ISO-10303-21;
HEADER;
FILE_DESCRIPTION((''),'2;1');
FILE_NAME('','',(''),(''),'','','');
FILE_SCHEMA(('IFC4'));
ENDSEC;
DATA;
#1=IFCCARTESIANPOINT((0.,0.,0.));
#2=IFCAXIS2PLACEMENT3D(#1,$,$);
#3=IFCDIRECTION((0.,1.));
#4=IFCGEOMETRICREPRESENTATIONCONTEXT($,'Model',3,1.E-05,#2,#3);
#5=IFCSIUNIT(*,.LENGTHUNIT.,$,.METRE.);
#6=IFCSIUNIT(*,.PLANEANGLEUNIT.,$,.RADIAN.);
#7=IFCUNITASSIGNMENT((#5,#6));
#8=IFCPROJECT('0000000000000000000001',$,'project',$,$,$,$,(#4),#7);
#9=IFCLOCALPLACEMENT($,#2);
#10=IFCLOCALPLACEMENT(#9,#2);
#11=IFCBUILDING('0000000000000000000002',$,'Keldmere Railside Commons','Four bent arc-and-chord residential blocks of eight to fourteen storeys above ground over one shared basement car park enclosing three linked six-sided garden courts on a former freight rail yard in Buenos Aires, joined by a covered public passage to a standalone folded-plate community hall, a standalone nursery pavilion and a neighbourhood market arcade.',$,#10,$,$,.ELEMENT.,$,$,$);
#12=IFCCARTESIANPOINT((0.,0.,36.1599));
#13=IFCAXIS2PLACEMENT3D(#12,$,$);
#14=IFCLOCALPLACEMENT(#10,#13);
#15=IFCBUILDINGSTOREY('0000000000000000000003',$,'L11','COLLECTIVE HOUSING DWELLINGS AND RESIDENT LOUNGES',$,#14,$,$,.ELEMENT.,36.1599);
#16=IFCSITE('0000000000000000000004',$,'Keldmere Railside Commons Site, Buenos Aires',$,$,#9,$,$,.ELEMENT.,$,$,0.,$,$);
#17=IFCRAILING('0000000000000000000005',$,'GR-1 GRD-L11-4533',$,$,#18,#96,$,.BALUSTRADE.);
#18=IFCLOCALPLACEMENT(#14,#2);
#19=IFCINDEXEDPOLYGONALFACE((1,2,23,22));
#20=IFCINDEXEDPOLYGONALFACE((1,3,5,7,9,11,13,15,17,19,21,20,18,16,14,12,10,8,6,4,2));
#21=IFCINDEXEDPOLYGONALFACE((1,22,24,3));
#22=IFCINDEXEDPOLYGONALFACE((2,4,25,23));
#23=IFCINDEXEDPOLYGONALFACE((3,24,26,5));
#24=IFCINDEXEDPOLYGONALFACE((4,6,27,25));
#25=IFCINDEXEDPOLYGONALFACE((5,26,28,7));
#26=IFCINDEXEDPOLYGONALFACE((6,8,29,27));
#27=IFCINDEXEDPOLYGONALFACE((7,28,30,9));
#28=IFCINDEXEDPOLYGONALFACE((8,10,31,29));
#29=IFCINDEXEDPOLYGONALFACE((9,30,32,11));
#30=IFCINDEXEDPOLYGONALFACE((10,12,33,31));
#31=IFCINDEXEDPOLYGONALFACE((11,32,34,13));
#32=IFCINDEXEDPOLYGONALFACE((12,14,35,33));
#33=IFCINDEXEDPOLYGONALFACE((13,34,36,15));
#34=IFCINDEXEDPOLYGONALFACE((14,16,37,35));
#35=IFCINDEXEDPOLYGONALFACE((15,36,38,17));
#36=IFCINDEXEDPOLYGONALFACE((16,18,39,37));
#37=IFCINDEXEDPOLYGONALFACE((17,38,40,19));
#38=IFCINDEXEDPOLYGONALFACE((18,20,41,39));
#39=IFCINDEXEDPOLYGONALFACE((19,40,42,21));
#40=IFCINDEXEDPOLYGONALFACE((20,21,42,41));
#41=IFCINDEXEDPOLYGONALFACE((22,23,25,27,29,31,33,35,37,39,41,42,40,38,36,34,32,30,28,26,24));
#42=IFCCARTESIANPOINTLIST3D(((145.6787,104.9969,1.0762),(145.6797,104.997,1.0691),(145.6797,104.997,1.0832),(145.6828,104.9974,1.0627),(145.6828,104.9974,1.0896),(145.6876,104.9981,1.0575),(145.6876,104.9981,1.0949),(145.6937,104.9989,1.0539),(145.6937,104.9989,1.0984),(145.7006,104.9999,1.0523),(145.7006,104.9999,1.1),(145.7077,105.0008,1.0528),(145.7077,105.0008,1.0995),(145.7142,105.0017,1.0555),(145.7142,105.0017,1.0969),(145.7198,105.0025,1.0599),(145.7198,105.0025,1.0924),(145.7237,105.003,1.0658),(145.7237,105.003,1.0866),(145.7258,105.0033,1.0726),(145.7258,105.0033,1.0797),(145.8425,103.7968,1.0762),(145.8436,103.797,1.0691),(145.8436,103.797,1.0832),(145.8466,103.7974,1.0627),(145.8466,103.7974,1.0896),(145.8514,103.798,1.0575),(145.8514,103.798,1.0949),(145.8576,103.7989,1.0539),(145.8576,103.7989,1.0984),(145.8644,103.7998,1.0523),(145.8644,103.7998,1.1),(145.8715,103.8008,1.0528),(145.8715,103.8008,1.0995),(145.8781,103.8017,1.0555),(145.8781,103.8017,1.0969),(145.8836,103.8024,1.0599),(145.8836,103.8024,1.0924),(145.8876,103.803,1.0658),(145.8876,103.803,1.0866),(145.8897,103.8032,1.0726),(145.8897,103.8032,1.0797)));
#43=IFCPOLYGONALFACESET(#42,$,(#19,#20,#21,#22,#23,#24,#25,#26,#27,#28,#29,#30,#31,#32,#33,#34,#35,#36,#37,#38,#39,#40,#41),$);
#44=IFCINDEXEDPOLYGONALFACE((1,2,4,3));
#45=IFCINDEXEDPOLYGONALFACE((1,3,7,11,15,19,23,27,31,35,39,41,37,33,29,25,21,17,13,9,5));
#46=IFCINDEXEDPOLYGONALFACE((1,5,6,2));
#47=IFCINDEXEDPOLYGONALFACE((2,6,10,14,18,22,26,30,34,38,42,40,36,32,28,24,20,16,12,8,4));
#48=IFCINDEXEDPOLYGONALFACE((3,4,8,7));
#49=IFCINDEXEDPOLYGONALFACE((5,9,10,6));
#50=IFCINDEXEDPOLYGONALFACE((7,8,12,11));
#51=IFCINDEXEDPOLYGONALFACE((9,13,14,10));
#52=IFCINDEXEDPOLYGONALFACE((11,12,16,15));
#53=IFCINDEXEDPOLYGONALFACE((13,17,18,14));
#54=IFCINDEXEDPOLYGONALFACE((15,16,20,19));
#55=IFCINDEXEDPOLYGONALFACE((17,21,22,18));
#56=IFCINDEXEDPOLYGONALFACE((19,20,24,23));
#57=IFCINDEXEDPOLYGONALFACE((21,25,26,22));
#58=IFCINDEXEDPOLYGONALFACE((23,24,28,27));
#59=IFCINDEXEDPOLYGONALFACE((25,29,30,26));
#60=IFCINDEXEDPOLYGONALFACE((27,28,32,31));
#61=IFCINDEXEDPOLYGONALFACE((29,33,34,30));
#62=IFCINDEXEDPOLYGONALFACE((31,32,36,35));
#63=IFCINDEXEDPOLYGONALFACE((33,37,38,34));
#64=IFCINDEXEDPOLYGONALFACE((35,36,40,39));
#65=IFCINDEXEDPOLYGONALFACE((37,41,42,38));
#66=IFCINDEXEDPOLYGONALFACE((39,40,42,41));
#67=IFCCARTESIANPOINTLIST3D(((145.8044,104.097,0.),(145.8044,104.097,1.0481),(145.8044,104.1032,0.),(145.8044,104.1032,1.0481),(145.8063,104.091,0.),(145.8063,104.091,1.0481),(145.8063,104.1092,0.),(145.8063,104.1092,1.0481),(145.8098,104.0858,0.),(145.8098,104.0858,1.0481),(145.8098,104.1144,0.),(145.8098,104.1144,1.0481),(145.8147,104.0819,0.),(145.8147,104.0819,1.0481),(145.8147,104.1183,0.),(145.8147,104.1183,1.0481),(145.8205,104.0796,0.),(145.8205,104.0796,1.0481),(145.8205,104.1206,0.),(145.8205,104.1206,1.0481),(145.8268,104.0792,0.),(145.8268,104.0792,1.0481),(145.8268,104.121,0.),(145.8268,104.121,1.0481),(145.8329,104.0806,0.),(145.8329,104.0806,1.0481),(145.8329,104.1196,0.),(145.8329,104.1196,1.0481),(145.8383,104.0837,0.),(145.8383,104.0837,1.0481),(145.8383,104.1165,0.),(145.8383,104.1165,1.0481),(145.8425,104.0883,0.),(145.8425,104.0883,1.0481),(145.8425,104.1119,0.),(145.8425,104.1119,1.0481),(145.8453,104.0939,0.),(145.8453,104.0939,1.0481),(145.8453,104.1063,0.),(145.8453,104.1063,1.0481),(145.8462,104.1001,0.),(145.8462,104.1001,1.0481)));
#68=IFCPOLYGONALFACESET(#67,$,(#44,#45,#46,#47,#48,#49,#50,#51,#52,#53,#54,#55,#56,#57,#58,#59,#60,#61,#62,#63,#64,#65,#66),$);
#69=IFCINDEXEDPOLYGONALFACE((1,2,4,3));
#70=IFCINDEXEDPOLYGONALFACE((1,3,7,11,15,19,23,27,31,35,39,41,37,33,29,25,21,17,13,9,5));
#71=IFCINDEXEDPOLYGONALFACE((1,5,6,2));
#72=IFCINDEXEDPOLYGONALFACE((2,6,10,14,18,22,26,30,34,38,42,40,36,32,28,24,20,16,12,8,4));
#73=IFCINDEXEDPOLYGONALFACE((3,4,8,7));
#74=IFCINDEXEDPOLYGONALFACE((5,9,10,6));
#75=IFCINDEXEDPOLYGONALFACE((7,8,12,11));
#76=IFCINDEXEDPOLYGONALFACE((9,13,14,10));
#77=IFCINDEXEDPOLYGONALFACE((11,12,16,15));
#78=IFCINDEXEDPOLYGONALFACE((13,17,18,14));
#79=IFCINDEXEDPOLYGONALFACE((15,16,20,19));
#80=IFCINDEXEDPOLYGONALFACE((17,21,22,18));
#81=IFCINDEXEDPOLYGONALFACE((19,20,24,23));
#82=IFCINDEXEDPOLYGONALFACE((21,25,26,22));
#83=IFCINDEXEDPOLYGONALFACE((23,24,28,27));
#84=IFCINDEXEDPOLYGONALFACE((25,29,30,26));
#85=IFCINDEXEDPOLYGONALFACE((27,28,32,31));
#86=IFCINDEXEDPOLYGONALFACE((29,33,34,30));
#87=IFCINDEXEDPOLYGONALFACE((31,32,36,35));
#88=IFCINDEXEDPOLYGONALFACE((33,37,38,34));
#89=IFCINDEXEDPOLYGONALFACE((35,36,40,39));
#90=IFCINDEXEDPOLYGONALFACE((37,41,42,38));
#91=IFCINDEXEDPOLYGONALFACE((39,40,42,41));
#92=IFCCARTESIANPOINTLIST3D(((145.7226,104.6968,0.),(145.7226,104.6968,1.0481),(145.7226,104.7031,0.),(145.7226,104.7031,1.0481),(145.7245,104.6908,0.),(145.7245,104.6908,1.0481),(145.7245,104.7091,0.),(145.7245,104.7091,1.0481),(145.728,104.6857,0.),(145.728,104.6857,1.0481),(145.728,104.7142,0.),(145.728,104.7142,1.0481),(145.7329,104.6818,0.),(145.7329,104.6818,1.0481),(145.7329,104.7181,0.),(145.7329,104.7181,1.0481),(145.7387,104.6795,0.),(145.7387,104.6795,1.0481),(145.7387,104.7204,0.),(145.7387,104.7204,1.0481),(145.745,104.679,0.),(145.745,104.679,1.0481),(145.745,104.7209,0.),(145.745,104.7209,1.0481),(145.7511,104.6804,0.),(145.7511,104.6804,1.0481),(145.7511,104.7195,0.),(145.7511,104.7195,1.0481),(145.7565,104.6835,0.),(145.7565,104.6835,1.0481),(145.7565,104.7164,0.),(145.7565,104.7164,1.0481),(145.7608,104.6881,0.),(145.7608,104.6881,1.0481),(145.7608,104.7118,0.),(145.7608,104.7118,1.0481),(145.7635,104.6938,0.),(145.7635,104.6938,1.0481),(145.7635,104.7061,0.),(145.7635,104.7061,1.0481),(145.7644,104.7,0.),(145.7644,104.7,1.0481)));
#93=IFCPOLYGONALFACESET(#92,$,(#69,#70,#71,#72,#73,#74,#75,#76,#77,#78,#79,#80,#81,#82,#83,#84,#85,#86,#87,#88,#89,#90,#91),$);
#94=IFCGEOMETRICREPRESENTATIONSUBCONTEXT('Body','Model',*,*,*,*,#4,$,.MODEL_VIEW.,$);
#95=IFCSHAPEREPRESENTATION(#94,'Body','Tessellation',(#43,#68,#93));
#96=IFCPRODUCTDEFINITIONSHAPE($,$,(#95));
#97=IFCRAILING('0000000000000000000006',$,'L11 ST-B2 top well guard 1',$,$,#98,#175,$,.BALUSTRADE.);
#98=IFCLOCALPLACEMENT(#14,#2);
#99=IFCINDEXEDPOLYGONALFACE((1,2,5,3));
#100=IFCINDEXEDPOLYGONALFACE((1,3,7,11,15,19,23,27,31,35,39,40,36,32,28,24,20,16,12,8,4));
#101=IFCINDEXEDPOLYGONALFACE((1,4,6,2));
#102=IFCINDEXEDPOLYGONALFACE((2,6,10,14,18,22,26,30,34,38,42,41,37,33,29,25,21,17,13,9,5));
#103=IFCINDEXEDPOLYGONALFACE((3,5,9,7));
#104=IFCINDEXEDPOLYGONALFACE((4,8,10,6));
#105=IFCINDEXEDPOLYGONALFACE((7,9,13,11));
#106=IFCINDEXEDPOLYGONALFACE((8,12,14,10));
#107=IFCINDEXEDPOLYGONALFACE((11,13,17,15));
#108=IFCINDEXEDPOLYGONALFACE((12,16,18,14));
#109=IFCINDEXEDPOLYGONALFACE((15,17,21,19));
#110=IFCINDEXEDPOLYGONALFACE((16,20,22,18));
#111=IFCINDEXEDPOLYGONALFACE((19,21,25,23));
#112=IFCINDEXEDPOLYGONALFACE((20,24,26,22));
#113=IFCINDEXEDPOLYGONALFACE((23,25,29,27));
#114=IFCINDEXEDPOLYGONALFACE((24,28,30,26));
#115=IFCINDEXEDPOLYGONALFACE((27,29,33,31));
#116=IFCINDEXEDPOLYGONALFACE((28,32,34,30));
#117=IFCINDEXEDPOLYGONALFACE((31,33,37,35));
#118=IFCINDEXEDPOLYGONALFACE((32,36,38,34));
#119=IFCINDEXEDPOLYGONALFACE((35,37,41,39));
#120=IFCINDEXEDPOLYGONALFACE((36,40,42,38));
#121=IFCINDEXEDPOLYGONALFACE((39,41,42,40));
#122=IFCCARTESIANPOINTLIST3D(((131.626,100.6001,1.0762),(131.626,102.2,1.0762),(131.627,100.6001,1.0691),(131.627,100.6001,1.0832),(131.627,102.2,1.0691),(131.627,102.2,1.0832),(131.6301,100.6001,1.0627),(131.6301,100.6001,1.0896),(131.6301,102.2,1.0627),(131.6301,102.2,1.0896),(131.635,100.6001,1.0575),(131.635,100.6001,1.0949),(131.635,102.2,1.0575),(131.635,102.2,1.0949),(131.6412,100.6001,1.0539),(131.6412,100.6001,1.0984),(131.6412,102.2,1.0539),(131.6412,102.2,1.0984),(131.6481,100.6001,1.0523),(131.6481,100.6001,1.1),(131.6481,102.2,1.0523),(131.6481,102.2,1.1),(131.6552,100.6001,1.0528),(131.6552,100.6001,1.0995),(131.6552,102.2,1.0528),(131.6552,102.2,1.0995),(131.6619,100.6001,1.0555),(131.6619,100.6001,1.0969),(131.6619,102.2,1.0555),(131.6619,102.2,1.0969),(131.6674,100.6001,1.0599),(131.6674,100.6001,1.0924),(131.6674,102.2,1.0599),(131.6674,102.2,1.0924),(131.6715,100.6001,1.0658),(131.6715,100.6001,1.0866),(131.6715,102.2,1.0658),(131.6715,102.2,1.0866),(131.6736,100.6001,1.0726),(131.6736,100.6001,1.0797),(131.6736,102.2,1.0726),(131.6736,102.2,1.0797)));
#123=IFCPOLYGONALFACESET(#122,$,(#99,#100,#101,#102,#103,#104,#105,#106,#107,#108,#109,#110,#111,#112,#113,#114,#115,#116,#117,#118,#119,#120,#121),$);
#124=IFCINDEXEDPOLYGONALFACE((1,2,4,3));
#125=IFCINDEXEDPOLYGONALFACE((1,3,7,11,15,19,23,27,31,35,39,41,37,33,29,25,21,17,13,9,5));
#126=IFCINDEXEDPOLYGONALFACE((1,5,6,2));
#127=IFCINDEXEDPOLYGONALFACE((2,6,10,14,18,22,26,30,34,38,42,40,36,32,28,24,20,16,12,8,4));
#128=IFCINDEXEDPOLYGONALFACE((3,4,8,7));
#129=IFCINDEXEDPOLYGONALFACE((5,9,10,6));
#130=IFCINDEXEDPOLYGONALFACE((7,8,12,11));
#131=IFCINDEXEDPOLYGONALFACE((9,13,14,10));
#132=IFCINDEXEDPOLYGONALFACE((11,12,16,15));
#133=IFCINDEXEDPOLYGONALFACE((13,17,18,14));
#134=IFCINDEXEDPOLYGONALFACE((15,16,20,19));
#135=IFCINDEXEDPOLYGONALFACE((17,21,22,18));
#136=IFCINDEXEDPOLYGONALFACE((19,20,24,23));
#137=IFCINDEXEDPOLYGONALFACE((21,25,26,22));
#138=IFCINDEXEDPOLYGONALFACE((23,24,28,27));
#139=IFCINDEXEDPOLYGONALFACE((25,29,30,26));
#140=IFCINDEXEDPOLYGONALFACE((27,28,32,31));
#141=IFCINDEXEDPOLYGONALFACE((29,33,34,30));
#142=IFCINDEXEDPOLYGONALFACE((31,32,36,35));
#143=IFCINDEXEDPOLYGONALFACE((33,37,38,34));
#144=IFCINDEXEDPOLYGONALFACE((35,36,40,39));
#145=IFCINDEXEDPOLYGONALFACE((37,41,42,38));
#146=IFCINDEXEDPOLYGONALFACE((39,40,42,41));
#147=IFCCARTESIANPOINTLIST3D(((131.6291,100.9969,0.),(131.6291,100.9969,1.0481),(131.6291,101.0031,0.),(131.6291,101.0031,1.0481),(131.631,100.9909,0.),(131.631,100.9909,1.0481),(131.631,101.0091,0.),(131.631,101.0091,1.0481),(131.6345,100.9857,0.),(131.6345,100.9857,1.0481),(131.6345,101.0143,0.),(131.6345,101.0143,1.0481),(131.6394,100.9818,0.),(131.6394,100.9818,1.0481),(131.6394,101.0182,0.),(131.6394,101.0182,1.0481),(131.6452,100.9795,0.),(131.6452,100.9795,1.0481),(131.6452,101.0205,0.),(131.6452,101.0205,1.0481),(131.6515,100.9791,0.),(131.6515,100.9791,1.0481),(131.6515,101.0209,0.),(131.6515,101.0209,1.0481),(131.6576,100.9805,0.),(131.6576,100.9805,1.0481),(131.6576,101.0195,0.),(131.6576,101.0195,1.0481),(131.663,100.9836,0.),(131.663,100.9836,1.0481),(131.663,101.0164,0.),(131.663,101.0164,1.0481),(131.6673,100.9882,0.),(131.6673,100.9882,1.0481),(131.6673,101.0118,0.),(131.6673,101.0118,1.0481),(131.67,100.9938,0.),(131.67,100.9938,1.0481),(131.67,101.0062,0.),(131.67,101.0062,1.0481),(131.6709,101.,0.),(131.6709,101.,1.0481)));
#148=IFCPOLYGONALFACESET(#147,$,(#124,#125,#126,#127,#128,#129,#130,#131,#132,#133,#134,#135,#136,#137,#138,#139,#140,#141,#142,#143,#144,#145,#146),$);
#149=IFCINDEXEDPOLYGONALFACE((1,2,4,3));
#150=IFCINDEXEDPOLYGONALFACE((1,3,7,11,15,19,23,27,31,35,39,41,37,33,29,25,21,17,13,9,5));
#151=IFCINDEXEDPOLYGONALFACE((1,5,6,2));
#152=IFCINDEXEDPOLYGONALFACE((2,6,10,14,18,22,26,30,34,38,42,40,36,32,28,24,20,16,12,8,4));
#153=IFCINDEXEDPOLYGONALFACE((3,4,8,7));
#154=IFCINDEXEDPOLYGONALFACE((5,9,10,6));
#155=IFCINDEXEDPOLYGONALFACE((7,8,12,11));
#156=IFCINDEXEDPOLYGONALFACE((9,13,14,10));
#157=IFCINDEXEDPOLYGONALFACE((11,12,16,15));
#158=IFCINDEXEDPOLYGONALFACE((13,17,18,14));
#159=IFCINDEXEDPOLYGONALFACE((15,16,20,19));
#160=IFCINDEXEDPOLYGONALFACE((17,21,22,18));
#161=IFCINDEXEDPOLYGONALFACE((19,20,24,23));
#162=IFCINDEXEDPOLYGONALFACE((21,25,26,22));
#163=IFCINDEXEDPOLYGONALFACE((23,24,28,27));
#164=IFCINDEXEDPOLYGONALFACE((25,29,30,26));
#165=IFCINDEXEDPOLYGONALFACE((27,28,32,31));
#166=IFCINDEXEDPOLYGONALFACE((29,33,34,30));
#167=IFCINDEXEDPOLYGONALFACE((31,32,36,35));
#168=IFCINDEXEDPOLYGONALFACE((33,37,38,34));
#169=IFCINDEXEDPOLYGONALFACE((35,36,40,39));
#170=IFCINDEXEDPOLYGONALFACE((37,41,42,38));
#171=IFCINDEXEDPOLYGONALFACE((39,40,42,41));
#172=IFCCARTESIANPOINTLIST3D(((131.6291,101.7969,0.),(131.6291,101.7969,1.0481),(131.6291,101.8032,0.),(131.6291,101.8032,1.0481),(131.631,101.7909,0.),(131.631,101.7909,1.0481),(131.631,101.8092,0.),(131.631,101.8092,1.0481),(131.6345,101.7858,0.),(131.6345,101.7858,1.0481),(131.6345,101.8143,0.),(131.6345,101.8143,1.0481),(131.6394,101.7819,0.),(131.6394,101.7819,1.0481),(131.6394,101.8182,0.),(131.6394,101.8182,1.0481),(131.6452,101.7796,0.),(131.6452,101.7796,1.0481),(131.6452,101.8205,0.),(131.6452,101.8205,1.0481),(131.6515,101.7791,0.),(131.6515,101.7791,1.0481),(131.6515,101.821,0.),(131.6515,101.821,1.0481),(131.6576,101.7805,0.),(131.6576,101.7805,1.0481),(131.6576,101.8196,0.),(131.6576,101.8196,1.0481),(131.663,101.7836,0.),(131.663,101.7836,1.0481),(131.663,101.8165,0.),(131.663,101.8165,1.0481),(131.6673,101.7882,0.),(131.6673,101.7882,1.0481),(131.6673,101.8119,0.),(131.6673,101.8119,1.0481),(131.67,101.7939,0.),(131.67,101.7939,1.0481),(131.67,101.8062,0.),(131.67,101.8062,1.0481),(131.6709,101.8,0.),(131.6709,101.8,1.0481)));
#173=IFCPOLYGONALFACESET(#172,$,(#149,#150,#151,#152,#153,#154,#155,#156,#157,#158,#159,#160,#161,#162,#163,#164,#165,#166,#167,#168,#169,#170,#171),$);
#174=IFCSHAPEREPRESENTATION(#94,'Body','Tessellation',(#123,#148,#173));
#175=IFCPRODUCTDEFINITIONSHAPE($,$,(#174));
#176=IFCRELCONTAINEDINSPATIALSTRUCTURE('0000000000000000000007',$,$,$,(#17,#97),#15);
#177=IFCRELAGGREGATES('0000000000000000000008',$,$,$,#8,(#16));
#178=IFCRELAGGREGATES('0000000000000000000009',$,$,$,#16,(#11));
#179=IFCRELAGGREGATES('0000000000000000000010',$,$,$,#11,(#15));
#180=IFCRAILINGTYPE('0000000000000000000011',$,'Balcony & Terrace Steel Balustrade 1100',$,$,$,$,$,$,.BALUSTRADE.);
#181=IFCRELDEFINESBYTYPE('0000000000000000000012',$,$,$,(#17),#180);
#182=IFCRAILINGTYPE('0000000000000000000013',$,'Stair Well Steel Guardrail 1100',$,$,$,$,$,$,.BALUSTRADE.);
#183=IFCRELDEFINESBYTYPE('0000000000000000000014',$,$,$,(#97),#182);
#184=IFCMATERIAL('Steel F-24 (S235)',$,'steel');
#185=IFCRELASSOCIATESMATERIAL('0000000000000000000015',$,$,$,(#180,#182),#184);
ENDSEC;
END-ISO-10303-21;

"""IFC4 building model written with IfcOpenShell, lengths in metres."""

from ifc_helpers import new_model, si_unit, direction, frame, origin, origin_2d, place, context, subcontext, project, spatial, circle, extrude, material, type_object, element, save


model = new_model("IFC4")

# Units and contexts
model_context = context("Model", 3, precision=1e-05, world=origin(), true_north=direction((0.0, 1.0)))
body_context = subcontext(model_context, "Body", "Model", "MODEL_VIEW")
ifc_project = project(units=[si_unit("LENGTHUNIT", "METRE"), si_unit("PLANEANGLEUNIT", "RADIAN")], contexts=[model_context])

# Site, building, storey
site_placement = place(None, origin())
site = spatial("IfcSite", under=ifc_project, at=site_placement, Name="Keldmere Railside Commons Site, Buenos Aires", CompositionType="ELEMENT", RefElevation=0.0)
building_placement = place(site_placement, origin())
building = spatial("IfcBuilding", under=site, at=building_placement, Name="Keldmere Railside Commons", Description="Four bent arc-and-chord residential blocks of eight to fourteen storeys above ground over one shared basement car park enclosing three linked six-sided garden courts on a former freight rail yard in Buenos Aires, joined by a covered public passage to a standalone folded-plate community hall, a standalone nursery pavilion and a neighbourhood market arcade.", CompositionType="ELEMENT")
storey_placement = place(building_placement, frame((0.0, 0.0, 36.1599)))
storey = spatial("IfcBuildingStorey", under=building, at=storey_placement, Name="L11", Description="COLLECTIVE HOUSING DWELLINGS AND RESIDENT LOUNGES", CompositionType="ELEMENT", Elevation=36.1599)

# Shared definitions
ifc_material_1 = material(Name="Steel F-24 (S235)", Category="steel")

# Railings
railing_type_1 = type_object("IfcRailingType", Name="Balcony & Terrace Steel Balustrade 1100", PredefinedType="BALUSTRADE", material=ifc_material_1)
railing_1_placement = place(storey_placement, frame((145.8662, 103.8, 0.0)))
element("IfcRailing", 1, at=railing_1_placement, inside=storey, type_object=railing_type_1, Name="GR-1 GRD-L11-4533", PredefinedType="BALUSTRADE", context=body_context, shape_type="SweptSolid", body=[
    extrude(circle(Radius=0.0239, at=origin_2d()), frame((0.0, 0.0, 1.0762), z_axis=(-0.135266, 0.990809, 0.0), x_axis=(-0.990809, -0.135266, 0.0)), (0.0, 0.0, 1.0), 1.2112),
    extrude(circle(Radius=0.021, at=origin_2d()), frame((-0.041, 0.3, 0.0)), (0.0, 0.0, 1.0), 1.0481),
    extrude(circle(Radius=0.021, at=origin_2d()), frame((-0.1228, 0.8999, 0.0)), (0.0, 0.0, 1.0), 1.0481),
])
railing_type_2 = type_object("IfcRailingType", Name="Stair Well Steel Guardrail 1100", PredefinedType="BALUSTRADE", material=ifc_material_1)
railing_2_placement = place(storey_placement, frame((131.6499, 100.6001, 0.0)))
element("IfcRailing", 2, at=railing_2_placement, inside=storey, type_object=railing_type_2, Name="L11 ST-B2 top well guard 1", PredefinedType="BALUSTRADE", context=body_context, shape_type="SweptSolid", body=[
    extrude(circle(Radius=0.0239, at=origin_2d()), frame((0.0, 0.0, 1.0762), z_axis=(0.0, 1.0, 0.0), x_axis=(-1.0, 0.0, 0.0)), (0.0, 0.0, 1.0), 1.5999),
    extrude(circle(Radius=0.021, at=origin_2d()), frame((0.0, 0.3999, 0.0)), (0.0, 0.0, 1.0), 1.0481),
    extrude(circle(Radius=0.021, at=origin_2d()), frame((0.0, 1.2, 0.0)), (0.0, 0.0, 1.0), 1.0481),
])

save(model, "model.ifc")
